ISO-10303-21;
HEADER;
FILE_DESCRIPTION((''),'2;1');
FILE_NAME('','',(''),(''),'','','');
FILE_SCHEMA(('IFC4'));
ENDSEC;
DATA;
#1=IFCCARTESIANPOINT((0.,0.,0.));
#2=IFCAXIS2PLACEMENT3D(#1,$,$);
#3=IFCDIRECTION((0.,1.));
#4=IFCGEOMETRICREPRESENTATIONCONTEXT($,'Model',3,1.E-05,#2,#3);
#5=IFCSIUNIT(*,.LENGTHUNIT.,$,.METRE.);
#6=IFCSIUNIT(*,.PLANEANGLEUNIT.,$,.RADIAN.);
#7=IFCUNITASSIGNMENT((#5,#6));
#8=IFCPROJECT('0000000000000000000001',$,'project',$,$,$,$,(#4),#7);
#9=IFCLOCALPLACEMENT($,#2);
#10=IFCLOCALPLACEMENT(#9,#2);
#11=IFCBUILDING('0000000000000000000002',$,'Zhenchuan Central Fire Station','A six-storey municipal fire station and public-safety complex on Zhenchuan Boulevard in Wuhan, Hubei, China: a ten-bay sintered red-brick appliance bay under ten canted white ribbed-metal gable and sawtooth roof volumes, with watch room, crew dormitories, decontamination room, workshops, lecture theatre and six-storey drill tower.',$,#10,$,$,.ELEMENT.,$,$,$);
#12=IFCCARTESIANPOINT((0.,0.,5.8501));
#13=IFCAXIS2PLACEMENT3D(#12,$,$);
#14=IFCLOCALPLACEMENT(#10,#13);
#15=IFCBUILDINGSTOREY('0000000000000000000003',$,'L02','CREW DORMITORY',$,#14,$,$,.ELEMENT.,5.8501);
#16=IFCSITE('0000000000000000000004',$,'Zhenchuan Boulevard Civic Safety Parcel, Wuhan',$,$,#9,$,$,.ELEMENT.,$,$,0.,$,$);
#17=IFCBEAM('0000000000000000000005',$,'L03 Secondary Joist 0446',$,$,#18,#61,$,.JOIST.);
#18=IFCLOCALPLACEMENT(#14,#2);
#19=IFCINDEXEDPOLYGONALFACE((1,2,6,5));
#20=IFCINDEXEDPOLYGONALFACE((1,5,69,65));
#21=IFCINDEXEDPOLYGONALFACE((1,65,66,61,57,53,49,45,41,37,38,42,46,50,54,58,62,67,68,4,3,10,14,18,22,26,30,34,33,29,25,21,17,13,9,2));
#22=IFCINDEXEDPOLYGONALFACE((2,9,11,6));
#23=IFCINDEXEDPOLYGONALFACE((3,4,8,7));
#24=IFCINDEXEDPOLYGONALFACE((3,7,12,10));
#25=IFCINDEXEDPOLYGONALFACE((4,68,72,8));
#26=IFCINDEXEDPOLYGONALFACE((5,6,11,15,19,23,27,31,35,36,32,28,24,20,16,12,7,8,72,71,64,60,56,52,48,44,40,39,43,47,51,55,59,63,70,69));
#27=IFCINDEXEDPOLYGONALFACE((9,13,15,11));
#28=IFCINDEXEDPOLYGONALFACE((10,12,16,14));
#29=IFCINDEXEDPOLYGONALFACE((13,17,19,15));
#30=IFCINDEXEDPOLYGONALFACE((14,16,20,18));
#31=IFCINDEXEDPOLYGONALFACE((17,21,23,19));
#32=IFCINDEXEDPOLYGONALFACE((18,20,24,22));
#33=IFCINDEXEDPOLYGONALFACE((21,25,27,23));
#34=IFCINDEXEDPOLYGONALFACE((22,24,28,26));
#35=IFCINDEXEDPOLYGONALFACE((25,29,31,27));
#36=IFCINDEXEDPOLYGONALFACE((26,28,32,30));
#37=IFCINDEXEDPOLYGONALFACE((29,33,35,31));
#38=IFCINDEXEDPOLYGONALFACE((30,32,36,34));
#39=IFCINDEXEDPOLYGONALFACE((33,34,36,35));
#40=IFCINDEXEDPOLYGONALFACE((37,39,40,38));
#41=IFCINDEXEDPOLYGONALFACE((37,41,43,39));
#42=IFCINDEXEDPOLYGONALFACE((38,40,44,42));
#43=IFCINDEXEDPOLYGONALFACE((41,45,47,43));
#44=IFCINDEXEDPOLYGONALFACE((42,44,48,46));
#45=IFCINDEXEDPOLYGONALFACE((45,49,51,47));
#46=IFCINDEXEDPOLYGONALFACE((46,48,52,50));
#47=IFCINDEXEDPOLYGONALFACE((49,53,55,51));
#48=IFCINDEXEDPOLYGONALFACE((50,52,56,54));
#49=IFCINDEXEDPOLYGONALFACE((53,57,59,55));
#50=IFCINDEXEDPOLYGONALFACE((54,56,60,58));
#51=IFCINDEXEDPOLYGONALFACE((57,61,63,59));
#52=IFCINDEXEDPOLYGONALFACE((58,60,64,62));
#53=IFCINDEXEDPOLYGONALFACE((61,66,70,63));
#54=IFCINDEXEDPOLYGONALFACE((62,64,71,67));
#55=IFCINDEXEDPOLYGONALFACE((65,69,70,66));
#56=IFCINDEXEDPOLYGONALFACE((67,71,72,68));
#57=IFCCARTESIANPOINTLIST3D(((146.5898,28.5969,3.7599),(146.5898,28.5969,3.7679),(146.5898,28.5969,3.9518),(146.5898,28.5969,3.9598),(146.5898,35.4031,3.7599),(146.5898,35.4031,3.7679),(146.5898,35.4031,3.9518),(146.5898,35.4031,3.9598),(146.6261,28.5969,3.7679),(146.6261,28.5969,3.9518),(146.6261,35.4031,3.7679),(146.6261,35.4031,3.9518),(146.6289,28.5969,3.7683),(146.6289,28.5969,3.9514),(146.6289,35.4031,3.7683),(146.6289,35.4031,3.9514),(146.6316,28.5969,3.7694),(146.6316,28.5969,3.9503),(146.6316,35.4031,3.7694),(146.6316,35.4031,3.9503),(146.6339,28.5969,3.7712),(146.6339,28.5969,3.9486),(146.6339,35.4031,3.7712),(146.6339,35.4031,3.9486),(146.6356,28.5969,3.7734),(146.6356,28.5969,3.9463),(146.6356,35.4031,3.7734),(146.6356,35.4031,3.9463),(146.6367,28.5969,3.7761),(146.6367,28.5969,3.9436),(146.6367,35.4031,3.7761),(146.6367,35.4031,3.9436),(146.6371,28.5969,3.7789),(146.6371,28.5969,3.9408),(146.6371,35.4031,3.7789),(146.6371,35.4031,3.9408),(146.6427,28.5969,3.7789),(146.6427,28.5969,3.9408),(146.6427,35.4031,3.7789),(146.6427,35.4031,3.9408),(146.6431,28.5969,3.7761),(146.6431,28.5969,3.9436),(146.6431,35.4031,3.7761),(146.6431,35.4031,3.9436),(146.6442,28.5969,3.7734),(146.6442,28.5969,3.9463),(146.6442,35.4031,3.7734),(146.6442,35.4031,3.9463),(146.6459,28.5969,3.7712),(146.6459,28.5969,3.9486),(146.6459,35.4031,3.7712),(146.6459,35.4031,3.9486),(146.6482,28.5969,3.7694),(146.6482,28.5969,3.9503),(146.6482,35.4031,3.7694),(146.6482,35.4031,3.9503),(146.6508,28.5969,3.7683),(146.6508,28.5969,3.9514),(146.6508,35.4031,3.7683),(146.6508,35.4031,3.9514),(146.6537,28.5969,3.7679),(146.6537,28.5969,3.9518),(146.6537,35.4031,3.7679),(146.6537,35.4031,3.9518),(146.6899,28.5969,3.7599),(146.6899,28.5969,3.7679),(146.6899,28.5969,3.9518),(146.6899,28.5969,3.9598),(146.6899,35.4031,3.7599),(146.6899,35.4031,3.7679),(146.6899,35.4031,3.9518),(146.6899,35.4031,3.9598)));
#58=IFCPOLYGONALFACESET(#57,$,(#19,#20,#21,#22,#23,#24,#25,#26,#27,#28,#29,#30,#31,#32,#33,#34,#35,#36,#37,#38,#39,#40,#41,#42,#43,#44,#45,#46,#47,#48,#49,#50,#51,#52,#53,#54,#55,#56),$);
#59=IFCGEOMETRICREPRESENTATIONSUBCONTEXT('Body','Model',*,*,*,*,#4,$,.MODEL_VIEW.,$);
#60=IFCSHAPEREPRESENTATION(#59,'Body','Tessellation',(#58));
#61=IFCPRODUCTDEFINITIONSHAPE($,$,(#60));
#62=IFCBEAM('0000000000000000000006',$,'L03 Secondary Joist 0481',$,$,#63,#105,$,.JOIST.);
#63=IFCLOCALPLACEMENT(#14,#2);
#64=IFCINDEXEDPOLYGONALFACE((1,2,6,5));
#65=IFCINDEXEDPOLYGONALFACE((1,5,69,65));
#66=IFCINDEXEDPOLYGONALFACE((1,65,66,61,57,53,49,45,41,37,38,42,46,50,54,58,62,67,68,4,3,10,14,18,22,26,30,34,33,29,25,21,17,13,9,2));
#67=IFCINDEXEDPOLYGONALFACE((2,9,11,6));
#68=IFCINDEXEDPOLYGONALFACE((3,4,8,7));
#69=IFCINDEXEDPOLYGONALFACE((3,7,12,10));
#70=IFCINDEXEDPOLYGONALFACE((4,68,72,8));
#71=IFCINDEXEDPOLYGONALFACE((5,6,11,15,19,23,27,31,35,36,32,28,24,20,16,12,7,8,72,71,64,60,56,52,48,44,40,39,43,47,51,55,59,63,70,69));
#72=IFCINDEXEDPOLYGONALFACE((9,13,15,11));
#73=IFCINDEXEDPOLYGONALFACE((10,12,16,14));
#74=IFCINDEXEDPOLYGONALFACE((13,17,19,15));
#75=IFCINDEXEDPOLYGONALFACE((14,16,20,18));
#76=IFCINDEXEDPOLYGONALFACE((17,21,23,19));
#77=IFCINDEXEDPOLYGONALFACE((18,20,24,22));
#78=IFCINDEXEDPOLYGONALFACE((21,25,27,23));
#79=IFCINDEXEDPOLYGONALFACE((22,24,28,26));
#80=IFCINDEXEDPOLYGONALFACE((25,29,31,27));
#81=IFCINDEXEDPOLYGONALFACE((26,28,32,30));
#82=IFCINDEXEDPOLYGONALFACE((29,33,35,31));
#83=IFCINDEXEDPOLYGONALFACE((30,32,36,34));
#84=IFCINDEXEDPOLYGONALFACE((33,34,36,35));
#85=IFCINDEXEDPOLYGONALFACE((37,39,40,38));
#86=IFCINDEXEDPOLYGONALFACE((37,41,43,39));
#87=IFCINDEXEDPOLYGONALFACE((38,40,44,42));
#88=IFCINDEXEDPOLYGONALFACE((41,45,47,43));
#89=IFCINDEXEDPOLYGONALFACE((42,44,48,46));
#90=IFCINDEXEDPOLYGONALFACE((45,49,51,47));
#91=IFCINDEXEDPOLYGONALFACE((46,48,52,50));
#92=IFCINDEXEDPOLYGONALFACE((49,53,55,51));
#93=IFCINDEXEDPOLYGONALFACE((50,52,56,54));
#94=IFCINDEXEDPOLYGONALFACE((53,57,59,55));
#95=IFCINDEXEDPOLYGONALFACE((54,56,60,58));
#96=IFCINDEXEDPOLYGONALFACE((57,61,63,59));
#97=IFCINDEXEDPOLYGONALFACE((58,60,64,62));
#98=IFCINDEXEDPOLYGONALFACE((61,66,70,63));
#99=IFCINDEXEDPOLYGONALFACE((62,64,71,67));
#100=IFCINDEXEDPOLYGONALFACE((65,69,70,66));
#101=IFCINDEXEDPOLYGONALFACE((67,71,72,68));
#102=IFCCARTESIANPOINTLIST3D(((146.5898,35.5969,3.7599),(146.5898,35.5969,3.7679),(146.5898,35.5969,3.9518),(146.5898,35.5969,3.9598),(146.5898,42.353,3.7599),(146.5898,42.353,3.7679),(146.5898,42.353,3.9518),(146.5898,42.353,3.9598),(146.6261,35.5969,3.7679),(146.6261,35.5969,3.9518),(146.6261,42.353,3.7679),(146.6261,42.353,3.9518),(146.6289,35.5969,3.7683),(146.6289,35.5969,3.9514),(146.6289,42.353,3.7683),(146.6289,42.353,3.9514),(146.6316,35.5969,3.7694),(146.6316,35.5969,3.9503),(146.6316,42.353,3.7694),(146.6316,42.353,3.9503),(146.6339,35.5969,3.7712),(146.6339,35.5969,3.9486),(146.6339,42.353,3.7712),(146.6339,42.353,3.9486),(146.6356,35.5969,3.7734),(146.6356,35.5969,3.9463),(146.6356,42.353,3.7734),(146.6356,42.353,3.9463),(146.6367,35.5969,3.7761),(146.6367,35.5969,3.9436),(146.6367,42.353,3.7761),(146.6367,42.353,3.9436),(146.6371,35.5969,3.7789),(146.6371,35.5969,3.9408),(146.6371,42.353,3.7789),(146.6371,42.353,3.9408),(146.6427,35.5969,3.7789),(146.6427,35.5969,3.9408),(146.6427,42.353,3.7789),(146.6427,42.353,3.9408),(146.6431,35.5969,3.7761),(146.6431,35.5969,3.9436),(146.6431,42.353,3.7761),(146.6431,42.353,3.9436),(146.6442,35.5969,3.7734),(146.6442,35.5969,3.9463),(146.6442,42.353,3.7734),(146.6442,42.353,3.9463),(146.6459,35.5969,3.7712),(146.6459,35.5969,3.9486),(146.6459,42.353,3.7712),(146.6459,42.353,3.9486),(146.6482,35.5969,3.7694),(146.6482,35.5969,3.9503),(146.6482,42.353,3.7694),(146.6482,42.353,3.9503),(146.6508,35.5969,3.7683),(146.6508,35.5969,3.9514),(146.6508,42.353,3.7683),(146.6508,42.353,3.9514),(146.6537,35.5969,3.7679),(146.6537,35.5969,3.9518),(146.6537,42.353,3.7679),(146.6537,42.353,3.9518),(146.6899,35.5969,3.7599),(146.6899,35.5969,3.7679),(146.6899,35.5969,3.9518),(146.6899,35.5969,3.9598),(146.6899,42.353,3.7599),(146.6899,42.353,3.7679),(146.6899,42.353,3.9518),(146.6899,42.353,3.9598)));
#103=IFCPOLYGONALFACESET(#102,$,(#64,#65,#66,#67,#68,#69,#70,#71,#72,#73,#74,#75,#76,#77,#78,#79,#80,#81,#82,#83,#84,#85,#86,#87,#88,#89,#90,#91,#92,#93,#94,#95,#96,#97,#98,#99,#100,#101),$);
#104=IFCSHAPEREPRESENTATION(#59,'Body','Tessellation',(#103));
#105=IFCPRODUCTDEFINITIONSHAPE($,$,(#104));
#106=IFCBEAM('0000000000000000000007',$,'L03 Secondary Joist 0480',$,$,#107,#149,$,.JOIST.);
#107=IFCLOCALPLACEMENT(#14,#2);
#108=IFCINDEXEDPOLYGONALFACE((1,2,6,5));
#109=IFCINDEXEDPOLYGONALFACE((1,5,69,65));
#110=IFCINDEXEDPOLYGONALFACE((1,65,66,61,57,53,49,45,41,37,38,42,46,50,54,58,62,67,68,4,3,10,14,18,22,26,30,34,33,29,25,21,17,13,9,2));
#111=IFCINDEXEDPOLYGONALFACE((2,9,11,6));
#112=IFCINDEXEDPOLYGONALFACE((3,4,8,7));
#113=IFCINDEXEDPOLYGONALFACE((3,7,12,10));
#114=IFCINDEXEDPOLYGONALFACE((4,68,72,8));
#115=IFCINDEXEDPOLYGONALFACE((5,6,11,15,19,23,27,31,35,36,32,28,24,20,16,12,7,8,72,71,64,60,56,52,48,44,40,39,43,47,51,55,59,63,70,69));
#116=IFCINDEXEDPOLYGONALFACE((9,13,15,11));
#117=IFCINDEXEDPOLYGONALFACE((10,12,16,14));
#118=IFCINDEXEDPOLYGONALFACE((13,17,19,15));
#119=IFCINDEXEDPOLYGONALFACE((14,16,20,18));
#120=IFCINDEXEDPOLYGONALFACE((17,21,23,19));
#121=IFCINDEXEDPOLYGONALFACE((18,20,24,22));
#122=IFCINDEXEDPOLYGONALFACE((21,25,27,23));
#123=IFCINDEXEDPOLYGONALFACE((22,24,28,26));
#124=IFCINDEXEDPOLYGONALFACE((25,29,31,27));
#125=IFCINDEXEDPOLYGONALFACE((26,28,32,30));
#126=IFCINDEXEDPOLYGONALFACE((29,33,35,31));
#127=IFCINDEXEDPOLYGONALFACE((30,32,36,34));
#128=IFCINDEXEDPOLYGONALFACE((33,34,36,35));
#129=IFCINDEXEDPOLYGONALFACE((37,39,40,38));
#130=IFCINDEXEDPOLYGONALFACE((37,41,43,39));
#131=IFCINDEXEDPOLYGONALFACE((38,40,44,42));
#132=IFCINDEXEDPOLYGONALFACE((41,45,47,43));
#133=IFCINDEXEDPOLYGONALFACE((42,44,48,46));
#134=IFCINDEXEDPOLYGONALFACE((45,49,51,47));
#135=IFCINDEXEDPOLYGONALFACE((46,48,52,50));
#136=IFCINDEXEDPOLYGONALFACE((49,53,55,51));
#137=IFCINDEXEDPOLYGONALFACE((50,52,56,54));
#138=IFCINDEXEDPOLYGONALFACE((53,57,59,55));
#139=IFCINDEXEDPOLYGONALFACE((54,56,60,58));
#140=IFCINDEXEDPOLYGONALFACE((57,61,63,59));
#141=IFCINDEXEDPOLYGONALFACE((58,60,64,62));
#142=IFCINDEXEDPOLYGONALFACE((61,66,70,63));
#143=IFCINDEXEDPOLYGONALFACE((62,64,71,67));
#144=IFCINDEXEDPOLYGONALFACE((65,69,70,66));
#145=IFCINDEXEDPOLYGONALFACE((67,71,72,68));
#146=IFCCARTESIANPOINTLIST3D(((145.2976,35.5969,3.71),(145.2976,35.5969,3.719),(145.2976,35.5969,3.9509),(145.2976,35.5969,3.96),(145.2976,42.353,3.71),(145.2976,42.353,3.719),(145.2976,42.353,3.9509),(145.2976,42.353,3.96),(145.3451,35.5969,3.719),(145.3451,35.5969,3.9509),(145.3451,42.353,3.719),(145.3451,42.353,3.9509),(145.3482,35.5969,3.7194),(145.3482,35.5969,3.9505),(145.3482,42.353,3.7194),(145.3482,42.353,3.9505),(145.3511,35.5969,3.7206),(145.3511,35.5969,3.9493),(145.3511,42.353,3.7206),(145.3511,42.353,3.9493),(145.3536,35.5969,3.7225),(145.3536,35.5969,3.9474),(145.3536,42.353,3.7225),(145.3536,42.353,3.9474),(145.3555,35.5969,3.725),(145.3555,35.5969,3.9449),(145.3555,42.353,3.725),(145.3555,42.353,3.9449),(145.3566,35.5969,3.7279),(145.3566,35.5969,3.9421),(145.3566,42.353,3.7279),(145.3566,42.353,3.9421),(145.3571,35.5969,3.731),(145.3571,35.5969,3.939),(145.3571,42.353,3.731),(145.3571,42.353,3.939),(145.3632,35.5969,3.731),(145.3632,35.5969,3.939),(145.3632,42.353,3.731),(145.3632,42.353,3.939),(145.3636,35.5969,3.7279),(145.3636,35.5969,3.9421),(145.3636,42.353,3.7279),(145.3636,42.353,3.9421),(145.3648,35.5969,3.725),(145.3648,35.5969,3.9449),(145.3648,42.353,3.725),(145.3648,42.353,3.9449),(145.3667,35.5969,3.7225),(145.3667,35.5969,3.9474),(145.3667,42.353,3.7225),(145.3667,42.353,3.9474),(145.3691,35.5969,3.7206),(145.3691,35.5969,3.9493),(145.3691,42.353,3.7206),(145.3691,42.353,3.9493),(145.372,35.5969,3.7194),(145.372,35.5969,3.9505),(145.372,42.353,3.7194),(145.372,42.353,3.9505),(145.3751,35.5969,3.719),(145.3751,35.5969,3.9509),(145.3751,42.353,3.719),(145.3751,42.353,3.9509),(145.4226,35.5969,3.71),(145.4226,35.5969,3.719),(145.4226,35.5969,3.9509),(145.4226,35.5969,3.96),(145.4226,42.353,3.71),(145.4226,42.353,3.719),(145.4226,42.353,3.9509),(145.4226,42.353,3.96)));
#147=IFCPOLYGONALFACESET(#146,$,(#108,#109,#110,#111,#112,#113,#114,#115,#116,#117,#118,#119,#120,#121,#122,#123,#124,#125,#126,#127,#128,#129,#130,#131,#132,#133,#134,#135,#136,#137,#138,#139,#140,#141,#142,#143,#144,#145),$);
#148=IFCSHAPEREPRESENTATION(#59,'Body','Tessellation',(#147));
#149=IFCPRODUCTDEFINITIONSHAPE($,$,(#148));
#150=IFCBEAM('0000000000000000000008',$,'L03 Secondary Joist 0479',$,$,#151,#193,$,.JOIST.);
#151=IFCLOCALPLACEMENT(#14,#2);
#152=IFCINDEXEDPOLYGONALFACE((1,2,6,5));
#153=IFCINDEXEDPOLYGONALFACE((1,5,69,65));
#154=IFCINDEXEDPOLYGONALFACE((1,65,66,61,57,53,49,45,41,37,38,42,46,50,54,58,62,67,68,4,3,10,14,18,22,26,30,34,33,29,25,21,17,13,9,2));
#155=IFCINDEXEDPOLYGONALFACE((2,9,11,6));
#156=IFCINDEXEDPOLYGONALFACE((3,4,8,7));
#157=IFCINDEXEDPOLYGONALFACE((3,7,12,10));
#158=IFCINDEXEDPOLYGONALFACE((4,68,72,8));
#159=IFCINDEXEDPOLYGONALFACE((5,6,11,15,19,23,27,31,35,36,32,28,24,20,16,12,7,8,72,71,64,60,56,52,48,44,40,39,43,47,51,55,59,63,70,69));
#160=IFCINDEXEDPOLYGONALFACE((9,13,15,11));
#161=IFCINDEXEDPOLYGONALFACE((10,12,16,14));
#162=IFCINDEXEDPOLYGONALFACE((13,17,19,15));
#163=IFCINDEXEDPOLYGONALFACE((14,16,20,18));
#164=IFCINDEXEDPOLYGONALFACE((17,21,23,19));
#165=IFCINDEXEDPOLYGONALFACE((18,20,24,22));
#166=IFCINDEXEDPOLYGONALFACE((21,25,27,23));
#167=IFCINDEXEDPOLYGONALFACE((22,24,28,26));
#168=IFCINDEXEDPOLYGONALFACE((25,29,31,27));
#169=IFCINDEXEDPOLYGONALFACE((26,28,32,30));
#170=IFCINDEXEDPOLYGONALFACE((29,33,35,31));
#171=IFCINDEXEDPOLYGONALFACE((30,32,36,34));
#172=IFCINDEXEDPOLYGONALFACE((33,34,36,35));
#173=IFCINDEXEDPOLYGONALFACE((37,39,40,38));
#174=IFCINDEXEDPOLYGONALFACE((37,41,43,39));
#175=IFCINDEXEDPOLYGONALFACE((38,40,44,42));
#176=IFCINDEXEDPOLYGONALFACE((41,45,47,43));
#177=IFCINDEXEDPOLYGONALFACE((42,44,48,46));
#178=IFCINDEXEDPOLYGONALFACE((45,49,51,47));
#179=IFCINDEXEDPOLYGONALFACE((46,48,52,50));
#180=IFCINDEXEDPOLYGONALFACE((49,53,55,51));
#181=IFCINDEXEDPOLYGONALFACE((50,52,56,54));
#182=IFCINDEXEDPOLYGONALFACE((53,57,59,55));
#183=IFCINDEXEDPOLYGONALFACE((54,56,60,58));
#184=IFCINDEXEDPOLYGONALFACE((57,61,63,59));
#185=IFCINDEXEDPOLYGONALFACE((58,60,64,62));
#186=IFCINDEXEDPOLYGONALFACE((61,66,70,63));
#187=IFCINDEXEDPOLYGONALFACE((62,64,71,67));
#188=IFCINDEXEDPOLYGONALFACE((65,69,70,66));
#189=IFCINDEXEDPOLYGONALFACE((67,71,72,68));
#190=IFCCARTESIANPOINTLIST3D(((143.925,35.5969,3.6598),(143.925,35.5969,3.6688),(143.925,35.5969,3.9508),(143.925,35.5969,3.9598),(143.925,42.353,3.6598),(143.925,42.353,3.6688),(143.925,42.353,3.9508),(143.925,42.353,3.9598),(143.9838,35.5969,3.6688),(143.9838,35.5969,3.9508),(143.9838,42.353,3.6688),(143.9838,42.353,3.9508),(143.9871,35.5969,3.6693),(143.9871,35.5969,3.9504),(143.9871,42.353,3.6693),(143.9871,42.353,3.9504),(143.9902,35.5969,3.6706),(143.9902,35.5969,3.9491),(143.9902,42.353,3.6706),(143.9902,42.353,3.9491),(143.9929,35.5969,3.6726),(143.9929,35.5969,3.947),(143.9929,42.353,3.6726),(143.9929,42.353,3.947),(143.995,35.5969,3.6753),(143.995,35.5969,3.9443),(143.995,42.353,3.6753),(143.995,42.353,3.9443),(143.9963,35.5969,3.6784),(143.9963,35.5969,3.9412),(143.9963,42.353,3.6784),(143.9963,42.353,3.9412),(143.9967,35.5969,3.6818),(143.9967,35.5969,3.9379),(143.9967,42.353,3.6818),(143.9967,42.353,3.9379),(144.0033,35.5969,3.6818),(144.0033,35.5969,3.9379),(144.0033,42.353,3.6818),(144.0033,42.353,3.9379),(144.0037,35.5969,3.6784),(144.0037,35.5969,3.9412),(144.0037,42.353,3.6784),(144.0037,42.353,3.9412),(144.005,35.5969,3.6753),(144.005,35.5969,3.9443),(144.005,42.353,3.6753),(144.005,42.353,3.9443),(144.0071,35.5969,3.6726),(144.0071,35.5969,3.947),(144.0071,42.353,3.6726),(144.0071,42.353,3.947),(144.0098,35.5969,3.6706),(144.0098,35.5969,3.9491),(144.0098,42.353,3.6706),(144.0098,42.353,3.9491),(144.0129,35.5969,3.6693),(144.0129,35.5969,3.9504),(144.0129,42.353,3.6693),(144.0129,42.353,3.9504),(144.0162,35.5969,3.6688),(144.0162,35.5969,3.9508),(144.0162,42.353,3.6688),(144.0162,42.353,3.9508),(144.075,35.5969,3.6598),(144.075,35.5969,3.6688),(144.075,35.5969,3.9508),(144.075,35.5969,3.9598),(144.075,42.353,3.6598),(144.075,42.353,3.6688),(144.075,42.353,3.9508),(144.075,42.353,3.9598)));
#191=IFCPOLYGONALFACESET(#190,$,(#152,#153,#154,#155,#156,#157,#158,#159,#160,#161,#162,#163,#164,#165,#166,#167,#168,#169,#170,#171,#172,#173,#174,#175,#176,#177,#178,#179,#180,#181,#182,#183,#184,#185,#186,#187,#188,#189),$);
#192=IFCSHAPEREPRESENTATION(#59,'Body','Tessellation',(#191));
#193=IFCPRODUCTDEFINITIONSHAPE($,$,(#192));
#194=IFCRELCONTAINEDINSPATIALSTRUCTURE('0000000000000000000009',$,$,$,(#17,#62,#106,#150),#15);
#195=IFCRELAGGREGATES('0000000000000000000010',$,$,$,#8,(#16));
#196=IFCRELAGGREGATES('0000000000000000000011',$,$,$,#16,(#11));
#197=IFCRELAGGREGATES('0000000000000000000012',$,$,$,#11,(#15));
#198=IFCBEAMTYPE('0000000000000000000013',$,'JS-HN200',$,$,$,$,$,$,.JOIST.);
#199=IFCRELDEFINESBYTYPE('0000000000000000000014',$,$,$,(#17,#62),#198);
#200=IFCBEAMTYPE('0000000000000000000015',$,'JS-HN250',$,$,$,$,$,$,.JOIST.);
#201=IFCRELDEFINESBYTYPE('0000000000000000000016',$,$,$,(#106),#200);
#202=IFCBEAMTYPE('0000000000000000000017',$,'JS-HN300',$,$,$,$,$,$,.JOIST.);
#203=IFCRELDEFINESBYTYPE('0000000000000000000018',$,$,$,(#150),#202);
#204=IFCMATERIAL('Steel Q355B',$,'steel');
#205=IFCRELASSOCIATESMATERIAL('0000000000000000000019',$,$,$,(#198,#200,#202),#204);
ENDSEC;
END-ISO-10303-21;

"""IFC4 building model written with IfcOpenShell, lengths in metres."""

from ifc_helpers import new_model, si_unit, direction, frame, origin, origin_2d, place, context, subcontext, project, spatial, i_section, extrude, material, material_profile, profile_set, type_object, element, save


model = new_model("IFC4")

# Units and contexts
model_context = context("Model", 3, precision=1e-05, world=origin(), true_north=direction((0.0, 1.0)))
body_context = subcontext(model_context, "Body", "Model", "MODEL_VIEW")
ifc_project = project(units=[si_unit("LENGTHUNIT", "METRE"), si_unit("PLANEANGLEUNIT", "RADIAN")], contexts=[model_context])

# Site, building, storey
site_placement = place(None, origin())
site = spatial("IfcSite", under=ifc_project, at=site_placement, Name="Zhenchuan Boulevard Civic Safety Parcel, Wuhan", CompositionType="ELEMENT", RefElevation=0.0)
building_placement = place(site_placement, origin())
building = spatial("IfcBuilding", under=site, at=building_placement, Name="Zhenchuan Central Fire Station", Description="A six-storey municipal fire station and public-safety complex on Zhenchuan Boulevard in Wuhan, Hubei, China: a ten-bay sintered red-brick appliance bay under ten canted white ribbed-metal gable and sawtooth roof volumes, with watch room, crew dormitories, decontamination room, workshops, lecture theatre and six-storey drill tower.", CompositionType="ELEMENT")
storey_placement = place(building_placement, frame((0.0, 0.0, 5.8501)))
storey = spatial("IfcBuildingStorey", under=building, at=storey_placement, Name="L02", Description="CREW DORMITORY", CompositionType="ELEMENT", Elevation=5.8501)

# Shared definitions
ifc_material_1 = material(Name="Steel Q355B", Category="steel")

# Beams
ifc_material_profile_1 = material_profile(ifc_material_1, i_section(OverallWidth=0.1001, OverallDepth=0.2, WebThickness=0.0056, FlangeThickness=0.0081, FilletRadius=0.011, at=origin_2d()), Name="HN 200x100")
ifc_profile_set_1 = profile_set([ifc_material_profile_1], Name="Steel Q355B")
beam_type_1 = type_object("IfcBeamType", Name="JS-HN200", PredefinedType="JOIST", material=ifc_profile_set_1)
beam_1_placement = place(storey_placement, frame((146.6399, 28.5969, 3.8599), z_axis=(0.0, 1.0, 0.0), x_axis=(-1.0, 0.0, 0.0)))
element("IfcBeam", 1, at=beam_1_placement, inside=storey, type_object=beam_type_1, Name="L03 Secondary Joist 0446", PredefinedType="JOIST", context=body_context, shape_type="SweptSolid", body=[
    extrude(i_section(OverallWidth=0.1001, OverallDepth=0.2, WebThickness=0.0056, FlangeThickness=0.0081, FilletRadius=0.011, at=origin_2d()), origin(), (0.0, 0.0, 1.0), 6.8062),
])
beam_2_placement = place(storey_placement, frame((146.6399, 35.5969, 3.8599), z_axis=(0.0, 1.0, 0.0), x_axis=(-1.0, 0.0, 0.0)))
element("IfcBeam", 2, at=beam_2_placement, inside=storey, type_object=beam_type_1, Name="L03 Secondary Joist 0481", PredefinedType="JOIST", context=body_context, shape_type="SweptSolid", body=[
    extrude(i_section(OverallWidth=0.1001, OverallDepth=0.2, WebThickness=0.0056, FlangeThickness=0.0081, FilletRadius=0.011, at=origin_2d()), origin(), (0.0, 0.0, 1.0), 6.7561),
])
ifc_material_profile_2 = material_profile(ifc_material_1, i_section(OverallWidth=0.125, OverallDepth=0.25, WebThickness=0.0061, FlangeThickness=0.009, FilletRadius=0.012, at=origin_2d()), Name="HN 250x125")
ifc_profile_set_2 = profile_set([ifc_material_profile_2], Name="Steel Q355B")
beam_type_2 = type_object("IfcBeamType", Name="JS-HN250", PredefinedType="JOIST", material=ifc_profile_set_2)
beam_3_placement = place(storey_placement, frame((145.3601, 35.5969, 3.835), z_axis=(0.0, 1.0, 0.0), x_axis=(-1.0, 0.0, 0.0)))
element("IfcBeam", 3, at=beam_3_placement, inside=storey, type_object=beam_type_2, Name="L03 Secondary Joist 0480", PredefinedType="JOIST", context=body_context, shape_type="SweptSolid", body=[
    extrude(i_section(OverallWidth=0.125, OverallDepth=0.25, WebThickness=0.0061, FlangeThickness=0.009, FilletRadius=0.012, at=origin_2d()), origin(), (0.0, 0.0, 1.0), 6.7561),
])
ifc_material_profile_3 = material_profile(ifc_material_1, i_section(OverallWidth=0.1499, OverallDepth=0.3, WebThickness=0.0066, FlangeThickness=0.009, FilletRadius=0.0129, at=origin_2d()), Name="HN 300x150")
ifc_profile_set_3 = profile_set([ifc_material_profile_3], Name="Steel Q355B")
beam_type_3 = type_object("IfcBeamType", Name="JS-HN300", PredefinedType="JOIST", material=ifc_profile_set_3)
beam_4_placement = place(storey_placement, frame((144.0, 35.5969, 3.8098), z_axis=(0.0, 1.0, 0.0), x_axis=(-1.0, 0.0, 0.0)))
element("IfcBeam", 4, at=beam_4_placement, inside=storey, type_object=beam_type_3, Name="L03 Secondary Joist 0479", PredefinedType="JOIST", context=body_context, shape_type="SweptSolid", body=[
    extrude(i_section(OverallWidth=0.1499, OverallDepth=0.3, WebThickness=0.0066, FlangeThickness=0.009, FilletRadius=0.0129, at=origin_2d()), origin(), (0.0, 0.0, 1.0), 6.7561),
])

save(model, "model.ifc")
